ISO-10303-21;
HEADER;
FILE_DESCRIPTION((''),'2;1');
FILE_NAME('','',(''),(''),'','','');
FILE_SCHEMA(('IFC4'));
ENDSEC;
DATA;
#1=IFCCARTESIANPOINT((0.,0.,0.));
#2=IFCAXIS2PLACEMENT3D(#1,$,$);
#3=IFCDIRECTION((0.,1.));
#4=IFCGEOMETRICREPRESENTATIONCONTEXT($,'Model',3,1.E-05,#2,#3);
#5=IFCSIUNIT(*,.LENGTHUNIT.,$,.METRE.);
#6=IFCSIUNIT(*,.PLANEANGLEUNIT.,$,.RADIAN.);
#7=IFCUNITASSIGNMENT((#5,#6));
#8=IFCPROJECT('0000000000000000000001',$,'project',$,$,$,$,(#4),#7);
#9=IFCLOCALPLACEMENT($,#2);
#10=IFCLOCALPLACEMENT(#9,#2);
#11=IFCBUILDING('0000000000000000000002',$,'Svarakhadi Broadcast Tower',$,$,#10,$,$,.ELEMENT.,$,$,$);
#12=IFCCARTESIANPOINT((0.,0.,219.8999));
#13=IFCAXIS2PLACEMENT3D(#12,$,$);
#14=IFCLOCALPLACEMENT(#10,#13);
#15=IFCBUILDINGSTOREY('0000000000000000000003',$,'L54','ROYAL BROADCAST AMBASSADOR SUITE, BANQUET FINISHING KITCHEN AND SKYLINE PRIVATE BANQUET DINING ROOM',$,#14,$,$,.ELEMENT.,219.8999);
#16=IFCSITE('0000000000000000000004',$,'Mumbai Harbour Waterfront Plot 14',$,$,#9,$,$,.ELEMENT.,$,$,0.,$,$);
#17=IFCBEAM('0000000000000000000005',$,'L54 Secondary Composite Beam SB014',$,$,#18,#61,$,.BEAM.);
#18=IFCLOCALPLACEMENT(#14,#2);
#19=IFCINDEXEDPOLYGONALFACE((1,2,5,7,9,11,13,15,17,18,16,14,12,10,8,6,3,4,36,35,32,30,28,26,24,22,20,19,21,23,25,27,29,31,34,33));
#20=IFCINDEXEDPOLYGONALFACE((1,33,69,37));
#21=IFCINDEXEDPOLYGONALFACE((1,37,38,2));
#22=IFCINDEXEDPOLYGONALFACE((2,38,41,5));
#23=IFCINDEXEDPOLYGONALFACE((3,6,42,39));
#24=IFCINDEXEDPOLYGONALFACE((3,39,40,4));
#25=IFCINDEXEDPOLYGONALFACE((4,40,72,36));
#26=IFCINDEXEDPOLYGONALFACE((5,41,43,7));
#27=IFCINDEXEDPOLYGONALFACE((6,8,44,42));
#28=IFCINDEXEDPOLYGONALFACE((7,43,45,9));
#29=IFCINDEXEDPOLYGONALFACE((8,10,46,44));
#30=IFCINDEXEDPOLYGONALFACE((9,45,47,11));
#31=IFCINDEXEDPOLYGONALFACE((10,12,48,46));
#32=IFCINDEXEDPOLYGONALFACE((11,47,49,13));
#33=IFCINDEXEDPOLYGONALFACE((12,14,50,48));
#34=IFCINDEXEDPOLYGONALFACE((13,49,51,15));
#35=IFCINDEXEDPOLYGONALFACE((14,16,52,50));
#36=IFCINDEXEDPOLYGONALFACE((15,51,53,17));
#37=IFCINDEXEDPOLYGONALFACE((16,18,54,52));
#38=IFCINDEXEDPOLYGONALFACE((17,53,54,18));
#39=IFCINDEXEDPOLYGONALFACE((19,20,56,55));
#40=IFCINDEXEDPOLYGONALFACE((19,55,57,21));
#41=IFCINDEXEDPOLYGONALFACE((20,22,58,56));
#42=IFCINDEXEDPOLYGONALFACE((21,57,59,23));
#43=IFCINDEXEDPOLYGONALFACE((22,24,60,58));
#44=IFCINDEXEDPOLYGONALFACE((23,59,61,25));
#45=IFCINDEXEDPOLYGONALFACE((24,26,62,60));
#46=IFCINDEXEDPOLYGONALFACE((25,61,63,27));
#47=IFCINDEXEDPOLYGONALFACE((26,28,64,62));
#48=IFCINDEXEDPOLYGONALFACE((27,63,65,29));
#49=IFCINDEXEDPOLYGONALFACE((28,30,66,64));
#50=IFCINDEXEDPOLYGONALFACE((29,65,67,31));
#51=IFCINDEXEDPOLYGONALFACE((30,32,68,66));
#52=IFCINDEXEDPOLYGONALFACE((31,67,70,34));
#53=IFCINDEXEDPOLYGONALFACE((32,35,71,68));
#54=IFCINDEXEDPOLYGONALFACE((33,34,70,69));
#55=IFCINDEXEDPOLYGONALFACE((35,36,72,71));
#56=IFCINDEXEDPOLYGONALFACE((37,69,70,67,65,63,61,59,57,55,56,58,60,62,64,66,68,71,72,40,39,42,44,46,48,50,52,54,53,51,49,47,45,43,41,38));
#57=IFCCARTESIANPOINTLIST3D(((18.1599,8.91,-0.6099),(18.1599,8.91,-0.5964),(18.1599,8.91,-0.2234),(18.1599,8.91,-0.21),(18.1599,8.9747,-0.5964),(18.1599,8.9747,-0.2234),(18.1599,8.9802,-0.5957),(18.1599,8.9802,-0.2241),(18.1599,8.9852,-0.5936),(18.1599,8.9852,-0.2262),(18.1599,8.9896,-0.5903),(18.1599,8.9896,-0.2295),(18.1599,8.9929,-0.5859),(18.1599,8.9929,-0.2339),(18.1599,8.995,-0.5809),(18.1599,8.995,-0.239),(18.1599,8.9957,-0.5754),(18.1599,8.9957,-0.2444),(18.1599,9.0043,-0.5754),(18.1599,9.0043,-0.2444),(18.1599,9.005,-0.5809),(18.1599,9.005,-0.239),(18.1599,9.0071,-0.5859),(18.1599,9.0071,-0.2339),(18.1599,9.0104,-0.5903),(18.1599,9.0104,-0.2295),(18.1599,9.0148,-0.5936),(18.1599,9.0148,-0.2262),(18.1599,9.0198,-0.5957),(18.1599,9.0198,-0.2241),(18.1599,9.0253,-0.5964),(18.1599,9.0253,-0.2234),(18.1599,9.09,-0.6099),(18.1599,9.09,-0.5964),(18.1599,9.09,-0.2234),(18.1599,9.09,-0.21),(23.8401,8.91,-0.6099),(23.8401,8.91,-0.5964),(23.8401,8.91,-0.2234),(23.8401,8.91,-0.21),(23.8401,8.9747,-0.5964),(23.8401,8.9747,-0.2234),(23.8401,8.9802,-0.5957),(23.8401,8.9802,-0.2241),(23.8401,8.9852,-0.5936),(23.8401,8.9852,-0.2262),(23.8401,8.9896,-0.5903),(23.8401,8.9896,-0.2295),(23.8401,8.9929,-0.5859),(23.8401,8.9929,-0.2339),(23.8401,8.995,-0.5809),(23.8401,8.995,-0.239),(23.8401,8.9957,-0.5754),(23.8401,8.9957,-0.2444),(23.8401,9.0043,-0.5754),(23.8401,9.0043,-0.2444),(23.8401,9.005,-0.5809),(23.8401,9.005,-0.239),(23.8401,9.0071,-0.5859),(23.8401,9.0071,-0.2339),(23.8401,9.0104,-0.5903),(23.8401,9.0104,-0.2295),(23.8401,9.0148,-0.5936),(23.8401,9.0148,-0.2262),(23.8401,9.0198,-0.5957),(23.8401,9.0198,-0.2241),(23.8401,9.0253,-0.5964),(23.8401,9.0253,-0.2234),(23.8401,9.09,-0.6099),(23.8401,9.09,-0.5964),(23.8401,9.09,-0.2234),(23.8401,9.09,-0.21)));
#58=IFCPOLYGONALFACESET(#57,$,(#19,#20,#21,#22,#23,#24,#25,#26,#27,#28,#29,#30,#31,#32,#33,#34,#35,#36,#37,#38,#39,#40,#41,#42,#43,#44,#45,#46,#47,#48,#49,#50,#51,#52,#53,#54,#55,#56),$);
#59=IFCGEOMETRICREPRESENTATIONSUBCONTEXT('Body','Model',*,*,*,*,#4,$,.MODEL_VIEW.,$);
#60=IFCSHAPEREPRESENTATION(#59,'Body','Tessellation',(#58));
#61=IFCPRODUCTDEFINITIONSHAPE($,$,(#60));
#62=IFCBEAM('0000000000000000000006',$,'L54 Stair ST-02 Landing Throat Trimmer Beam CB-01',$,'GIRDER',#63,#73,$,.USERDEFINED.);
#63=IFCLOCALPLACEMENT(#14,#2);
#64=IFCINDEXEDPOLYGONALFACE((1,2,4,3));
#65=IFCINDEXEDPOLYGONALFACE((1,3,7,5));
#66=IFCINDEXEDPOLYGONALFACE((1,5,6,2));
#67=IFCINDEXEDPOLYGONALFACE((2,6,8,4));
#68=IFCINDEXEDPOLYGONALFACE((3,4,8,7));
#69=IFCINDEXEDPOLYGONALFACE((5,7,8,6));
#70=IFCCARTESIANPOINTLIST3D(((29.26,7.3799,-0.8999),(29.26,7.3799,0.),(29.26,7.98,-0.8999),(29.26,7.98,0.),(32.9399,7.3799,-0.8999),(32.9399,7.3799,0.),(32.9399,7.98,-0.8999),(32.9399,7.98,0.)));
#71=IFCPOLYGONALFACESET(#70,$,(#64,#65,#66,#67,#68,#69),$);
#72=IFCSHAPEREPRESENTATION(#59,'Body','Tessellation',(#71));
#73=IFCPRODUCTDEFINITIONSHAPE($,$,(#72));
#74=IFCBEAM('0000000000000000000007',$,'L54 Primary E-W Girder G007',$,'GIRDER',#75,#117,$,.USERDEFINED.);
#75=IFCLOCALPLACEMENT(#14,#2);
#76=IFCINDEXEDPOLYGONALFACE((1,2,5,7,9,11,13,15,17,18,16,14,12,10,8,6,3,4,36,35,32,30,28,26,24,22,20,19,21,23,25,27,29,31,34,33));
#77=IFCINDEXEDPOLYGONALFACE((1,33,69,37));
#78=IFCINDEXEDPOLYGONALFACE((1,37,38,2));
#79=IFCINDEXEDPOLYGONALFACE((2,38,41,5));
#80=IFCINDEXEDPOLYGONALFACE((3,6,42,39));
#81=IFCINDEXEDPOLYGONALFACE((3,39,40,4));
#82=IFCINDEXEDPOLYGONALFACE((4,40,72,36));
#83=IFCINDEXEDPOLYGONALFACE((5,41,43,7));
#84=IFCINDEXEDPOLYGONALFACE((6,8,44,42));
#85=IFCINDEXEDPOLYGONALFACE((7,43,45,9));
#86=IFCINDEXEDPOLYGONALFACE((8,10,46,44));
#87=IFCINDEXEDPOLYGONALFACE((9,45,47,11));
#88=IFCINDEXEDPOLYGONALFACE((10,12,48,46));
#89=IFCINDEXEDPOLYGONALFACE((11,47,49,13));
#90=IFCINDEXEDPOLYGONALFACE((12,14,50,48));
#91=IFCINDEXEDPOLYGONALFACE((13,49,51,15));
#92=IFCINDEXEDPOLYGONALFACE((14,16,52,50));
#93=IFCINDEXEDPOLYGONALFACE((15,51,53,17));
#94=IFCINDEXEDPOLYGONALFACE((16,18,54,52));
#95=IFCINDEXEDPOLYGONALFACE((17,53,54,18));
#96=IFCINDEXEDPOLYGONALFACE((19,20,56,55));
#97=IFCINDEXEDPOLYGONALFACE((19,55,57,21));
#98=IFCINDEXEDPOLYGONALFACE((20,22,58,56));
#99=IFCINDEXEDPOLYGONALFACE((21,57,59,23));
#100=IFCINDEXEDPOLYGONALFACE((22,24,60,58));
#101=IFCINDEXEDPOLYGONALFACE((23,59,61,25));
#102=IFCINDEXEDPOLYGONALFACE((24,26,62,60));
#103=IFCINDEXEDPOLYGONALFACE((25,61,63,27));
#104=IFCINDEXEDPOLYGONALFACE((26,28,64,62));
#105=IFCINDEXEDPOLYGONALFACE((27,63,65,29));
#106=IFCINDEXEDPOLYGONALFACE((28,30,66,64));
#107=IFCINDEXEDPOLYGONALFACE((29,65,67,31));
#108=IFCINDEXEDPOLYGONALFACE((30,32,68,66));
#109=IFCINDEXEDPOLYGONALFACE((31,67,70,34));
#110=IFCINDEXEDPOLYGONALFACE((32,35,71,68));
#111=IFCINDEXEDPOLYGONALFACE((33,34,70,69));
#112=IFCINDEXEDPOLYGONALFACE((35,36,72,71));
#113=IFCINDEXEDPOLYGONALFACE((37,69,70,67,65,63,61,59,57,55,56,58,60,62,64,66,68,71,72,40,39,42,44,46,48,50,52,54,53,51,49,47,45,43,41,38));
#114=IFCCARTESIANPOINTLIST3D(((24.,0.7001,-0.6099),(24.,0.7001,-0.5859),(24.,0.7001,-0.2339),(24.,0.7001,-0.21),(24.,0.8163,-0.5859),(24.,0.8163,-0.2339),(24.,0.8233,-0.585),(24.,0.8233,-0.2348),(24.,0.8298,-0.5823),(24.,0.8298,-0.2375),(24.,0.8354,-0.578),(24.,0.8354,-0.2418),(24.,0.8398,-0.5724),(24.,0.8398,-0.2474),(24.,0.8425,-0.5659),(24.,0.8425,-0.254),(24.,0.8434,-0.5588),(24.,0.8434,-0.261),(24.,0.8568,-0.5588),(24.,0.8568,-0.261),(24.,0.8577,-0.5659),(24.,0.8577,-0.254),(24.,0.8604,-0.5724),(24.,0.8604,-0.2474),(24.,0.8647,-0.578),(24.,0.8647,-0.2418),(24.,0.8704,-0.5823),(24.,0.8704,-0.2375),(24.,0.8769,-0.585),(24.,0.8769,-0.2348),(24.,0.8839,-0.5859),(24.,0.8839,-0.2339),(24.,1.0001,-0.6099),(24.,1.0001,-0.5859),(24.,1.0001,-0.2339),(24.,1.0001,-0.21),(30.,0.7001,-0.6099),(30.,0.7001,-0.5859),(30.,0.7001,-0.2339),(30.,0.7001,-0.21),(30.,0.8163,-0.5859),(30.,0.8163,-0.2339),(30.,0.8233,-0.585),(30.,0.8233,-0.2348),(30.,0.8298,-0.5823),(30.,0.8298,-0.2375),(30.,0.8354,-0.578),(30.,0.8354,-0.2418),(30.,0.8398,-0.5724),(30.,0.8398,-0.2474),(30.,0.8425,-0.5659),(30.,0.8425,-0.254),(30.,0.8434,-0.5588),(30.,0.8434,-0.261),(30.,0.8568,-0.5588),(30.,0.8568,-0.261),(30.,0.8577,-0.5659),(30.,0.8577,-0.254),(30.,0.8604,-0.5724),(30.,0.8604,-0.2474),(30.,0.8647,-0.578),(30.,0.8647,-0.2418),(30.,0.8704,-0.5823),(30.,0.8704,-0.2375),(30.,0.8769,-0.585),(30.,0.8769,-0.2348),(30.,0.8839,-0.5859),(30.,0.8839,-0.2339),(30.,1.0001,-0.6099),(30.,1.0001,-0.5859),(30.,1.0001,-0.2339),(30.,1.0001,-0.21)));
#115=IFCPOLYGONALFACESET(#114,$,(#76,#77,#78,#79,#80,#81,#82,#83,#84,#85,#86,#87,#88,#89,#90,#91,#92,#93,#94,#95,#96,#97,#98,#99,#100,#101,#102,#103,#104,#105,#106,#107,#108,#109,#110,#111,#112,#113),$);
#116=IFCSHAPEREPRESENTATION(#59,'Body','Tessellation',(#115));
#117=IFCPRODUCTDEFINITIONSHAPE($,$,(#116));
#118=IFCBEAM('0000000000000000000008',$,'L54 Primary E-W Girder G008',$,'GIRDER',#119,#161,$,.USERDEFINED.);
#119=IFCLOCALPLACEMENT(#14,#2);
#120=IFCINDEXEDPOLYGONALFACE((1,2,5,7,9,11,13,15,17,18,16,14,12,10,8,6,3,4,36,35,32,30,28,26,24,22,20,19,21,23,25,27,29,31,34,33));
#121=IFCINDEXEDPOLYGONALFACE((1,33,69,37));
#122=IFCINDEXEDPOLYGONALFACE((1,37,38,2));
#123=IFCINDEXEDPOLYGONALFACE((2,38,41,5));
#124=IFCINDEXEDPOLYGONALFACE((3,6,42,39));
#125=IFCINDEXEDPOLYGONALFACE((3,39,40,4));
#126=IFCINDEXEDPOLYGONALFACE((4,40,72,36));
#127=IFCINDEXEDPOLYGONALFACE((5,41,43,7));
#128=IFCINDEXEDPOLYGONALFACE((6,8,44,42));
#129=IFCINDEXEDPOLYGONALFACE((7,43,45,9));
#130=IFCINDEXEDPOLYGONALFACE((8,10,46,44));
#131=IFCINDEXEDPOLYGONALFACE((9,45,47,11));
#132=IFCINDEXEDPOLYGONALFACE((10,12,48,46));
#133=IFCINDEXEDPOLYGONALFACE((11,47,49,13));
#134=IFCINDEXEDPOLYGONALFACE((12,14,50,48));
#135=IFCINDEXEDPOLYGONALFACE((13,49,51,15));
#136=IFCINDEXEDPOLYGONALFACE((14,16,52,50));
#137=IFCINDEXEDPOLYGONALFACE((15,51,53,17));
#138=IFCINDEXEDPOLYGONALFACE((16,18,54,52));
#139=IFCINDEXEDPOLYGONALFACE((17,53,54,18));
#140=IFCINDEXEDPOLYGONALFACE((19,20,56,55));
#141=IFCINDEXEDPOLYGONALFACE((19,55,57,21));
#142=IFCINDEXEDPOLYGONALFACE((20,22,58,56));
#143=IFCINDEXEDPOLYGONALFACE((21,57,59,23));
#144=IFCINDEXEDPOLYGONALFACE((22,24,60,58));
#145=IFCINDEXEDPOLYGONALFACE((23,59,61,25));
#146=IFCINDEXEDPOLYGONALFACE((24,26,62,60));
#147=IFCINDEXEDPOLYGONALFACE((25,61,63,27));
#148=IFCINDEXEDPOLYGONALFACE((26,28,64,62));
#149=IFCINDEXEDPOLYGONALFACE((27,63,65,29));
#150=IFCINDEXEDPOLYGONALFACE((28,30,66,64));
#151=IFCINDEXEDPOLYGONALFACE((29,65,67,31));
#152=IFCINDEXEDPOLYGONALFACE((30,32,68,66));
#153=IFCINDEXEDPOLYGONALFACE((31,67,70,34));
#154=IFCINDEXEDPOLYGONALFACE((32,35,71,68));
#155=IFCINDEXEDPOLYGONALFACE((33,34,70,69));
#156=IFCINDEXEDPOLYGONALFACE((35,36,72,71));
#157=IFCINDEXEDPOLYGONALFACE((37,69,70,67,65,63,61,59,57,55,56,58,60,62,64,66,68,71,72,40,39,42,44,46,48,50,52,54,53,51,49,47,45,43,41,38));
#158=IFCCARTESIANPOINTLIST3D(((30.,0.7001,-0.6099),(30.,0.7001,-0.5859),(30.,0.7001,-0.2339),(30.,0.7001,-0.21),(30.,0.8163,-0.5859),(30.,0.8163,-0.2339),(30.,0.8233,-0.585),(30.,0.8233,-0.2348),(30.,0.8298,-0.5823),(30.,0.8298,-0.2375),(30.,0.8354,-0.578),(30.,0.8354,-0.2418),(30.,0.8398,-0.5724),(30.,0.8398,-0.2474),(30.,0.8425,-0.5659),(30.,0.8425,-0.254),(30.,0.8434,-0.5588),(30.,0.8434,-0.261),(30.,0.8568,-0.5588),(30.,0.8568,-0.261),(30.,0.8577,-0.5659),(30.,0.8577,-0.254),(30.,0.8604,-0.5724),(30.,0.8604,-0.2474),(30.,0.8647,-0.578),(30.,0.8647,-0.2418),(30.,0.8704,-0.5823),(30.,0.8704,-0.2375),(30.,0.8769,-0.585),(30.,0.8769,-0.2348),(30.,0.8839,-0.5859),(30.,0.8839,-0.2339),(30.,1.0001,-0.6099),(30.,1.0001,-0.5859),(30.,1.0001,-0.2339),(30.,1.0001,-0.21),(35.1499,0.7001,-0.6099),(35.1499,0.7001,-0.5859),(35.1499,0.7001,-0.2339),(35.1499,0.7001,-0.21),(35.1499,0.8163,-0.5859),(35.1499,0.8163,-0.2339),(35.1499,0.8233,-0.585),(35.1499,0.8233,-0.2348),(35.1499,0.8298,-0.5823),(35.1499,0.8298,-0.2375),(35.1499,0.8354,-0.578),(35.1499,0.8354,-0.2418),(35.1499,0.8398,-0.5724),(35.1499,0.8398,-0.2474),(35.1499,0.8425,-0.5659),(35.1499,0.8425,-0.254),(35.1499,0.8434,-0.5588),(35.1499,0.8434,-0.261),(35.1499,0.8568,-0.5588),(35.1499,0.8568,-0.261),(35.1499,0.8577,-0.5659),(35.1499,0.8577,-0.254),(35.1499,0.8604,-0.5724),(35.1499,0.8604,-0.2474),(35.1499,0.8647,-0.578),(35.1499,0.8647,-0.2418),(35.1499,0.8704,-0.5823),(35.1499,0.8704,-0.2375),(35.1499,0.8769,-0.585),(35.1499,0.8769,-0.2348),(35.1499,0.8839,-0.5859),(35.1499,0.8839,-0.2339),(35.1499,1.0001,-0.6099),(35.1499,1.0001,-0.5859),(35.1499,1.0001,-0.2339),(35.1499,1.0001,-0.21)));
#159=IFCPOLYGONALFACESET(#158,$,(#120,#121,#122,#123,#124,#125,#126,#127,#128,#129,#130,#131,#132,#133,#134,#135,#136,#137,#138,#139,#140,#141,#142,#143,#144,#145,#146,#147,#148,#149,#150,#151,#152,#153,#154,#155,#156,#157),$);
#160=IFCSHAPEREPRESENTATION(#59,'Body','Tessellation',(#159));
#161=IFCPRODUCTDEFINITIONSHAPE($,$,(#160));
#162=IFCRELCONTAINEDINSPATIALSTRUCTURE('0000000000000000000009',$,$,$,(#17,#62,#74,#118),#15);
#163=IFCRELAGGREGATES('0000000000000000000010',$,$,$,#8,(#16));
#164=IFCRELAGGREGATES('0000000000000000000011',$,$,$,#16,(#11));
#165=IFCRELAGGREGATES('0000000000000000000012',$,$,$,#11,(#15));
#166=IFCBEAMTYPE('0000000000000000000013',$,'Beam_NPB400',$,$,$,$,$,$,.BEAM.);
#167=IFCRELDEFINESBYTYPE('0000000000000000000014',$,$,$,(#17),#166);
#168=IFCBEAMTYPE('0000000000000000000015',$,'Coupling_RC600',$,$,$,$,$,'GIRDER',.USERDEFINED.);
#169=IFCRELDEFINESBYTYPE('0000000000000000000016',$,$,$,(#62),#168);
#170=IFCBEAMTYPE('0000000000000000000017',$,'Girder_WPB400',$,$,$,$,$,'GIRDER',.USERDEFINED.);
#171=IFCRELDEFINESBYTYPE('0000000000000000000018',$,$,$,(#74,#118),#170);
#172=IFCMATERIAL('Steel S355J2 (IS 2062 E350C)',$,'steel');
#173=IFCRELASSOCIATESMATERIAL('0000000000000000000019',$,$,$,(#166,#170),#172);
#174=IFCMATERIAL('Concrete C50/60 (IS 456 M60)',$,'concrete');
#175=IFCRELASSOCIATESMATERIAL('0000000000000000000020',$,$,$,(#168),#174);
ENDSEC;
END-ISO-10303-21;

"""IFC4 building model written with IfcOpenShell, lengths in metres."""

from ifc_helpers import new_model, si_unit, direction, frame, origin, origin_2d, place, context, subcontext, project, spatial, rectangle, i_section, extrude, material, material_profile, profile_set, type_object, element, save


model = new_model("IFC4")

# Units and contexts
model_context = context("Model", 3, precision=1e-05, world=origin(), true_north=direction((0.0, 1.0)))
body_context = subcontext(model_context, "Body", "Model", "MODEL_VIEW")
ifc_project = project(units=[si_unit("LENGTHUNIT", "METRE"), si_unit("PLANEANGLEUNIT", "RADIAN")], contexts=[model_context])

# Site, building, storey
site_placement = place(None, origin())
site = spatial("IfcSite", under=ifc_project, at=site_placement, Name="Mumbai Harbour Waterfront Plot 14", CompositionType="ELEMENT", RefElevation=0.0)
building_placement = place(site_placement, origin())
building = spatial("IfcBuilding", under=site, at=building_placement, Name="Svarakhadi Broadcast Tower", CompositionType="ELEMENT")
storey_placement = place(building_placement, frame((0.0, 0.0, 219.8999)))
storey = spatial("IfcBuildingStorey", under=building, at=storey_placement, Name="L54", Description="ROYAL BROADCAST AMBASSADOR SUITE, BANQUET FINISHING KITCHEN AND SKYLINE PRIVATE BANQUET DINING ROOM", CompositionType="ELEMENT", Elevation=219.8999)

# Shared definitions
ifc_material_1 = material(Name="Concrete C50/60 (IS 456 M60)", Category="concrete")

# Beams
ifc_material_2 = material(Name="Steel S355J2 (IS 2062 E350C)", Category="steel")
ifc_material_profile_1 = material_profile(ifc_material_2, i_section(OverallWidth=0.1799, OverallDepth=0.3999, WebThickness=0.0085, FlangeThickness=0.0134, FilletRadius=0.021, at=origin_2d()), Name="NPB 400x180x66")
ifc_profile_set_1 = profile_set([ifc_material_profile_1], Name="Steel S355J2 (IS 2062 E350C)")
beam_type_1 = type_object("IfcBeamType", Name="Beam_NPB400", PredefinedType="BEAM", material=ifc_profile_set_1)
for number, where, z_axis, x_axis, name in (
    (1, (18.1599, 9.0, -0.4099), (1.0, 0.0, 0.0), (0.0, 1.0, 0.0), "L54 Secondary Composite Beam SB014"),
):
    element("IfcBeam", number, at=place(storey_placement, frame(where, z_axis=z_axis, x_axis=x_axis)), inside=storey, type_object=beam_type_1, Name=name, PredefinedType="BEAM", context=body_context, shape_type="SweptSolid", body=[
        extrude(i_section(OverallWidth=0.1799, OverallDepth=0.3999, WebThickness=0.0085, FlangeThickness=0.0134, FilletRadius=0.021, at=origin_2d()), origin(), (0.0, 0.0, 1.0), 5.6802),
    ])
ifc_material_profile_2 = material_profile(ifc_material_1, rectangle(XDim=0.6001, YDim=0.8999, at=origin_2d()), Name="RC 600x900")
ifc_profile_set_2 = profile_set([ifc_material_profile_2], Name="Concrete C50/60 (IS 456 M60)")
beam_type_2 = type_object("IfcBeamType", Name="Coupling_RC600", ElementType="GIRDER", PredefinedType="USERDEFINED", material=ifc_profile_set_2)
beam_1_placement = place(storey_placement, frame((29.26, 7.6799, -0.45), z_axis=(1.0, 0.0, 0.0), x_axis=(0.0, 1.0, 0.0)))
element("IfcBeam", 2, at=beam_1_placement, inside=storey, type_object=beam_type_2, Name="L54 Stair ST-02 Landing Throat Trimmer Beam CB-01", ObjectType="GIRDER", PredefinedType="USERDEFINED", context=body_context, shape_type="SweptSolid", body=[
    extrude(rectangle(XDim=0.6001, YDim=0.8999, at=origin_2d()), origin(), (0.0, 0.0, 1.0), 3.6799),
])
ifc_material_profile_3 = material_profile(ifc_material_2, i_section(OverallWidth=0.3, OverallDepth=0.3999, WebThickness=0.0134, FlangeThickness=0.0239, FilletRadius=0.0271, at=origin_2d()), Name="WPB 400x300x155")
ifc_profile_set_3 = profile_set([ifc_material_profile_3], Name="Steel S355J2 (IS 2062 E350C)")
beam_type_3 = type_object("IfcBeamType", Name="Girder_WPB400", ElementType="GIRDER", PredefinedType="USERDEFINED", material=ifc_profile_set_3)
beam_2_placement = place(storey_placement, frame((24.0, 0.8501, -0.4099), z_axis=(1.0, 0.0, 0.0), x_axis=(0.0, 1.0, 0.0)))
element("IfcBeam", 3, at=beam_2_placement, inside=storey, type_object=beam_type_3, Name="L54 Primary E-W Girder G007", ObjectType="GIRDER", PredefinedType="USERDEFINED", context=body_context, shape_type="SweptSolid", body=[
    extrude(i_section(OverallWidth=0.3, OverallDepth=0.3999, WebThickness=0.0134, FlangeThickness=0.0239, FilletRadius=0.0271, at=origin_2d()), origin(), (0.0, 0.0, 1.0), 6.0),
])
beam_3_placement = place(storey_placement, frame((30.0, 0.8501, -0.4099), z_axis=(1.0, 0.0, 0.0), x_axis=(0.0, 1.0, 0.0)))
element("IfcBeam", 4, at=beam_3_placement, inside=storey, type_object=beam_type_3, Name="L54 Primary E-W Girder G008", ObjectType="GIRDER", PredefinedType="USERDEFINED", context=body_context, shape_type="SweptSolid", body=[
    extrude(i_section(OverallWidth=0.3, OverallDepth=0.3999, WebThickness=0.0134, FlangeThickness=0.0239, FilletRadius=0.0271, at=origin_2d()), origin(), (0.0, 0.0, 1.0), 5.1499),
])

save(model, "model.ifc")
